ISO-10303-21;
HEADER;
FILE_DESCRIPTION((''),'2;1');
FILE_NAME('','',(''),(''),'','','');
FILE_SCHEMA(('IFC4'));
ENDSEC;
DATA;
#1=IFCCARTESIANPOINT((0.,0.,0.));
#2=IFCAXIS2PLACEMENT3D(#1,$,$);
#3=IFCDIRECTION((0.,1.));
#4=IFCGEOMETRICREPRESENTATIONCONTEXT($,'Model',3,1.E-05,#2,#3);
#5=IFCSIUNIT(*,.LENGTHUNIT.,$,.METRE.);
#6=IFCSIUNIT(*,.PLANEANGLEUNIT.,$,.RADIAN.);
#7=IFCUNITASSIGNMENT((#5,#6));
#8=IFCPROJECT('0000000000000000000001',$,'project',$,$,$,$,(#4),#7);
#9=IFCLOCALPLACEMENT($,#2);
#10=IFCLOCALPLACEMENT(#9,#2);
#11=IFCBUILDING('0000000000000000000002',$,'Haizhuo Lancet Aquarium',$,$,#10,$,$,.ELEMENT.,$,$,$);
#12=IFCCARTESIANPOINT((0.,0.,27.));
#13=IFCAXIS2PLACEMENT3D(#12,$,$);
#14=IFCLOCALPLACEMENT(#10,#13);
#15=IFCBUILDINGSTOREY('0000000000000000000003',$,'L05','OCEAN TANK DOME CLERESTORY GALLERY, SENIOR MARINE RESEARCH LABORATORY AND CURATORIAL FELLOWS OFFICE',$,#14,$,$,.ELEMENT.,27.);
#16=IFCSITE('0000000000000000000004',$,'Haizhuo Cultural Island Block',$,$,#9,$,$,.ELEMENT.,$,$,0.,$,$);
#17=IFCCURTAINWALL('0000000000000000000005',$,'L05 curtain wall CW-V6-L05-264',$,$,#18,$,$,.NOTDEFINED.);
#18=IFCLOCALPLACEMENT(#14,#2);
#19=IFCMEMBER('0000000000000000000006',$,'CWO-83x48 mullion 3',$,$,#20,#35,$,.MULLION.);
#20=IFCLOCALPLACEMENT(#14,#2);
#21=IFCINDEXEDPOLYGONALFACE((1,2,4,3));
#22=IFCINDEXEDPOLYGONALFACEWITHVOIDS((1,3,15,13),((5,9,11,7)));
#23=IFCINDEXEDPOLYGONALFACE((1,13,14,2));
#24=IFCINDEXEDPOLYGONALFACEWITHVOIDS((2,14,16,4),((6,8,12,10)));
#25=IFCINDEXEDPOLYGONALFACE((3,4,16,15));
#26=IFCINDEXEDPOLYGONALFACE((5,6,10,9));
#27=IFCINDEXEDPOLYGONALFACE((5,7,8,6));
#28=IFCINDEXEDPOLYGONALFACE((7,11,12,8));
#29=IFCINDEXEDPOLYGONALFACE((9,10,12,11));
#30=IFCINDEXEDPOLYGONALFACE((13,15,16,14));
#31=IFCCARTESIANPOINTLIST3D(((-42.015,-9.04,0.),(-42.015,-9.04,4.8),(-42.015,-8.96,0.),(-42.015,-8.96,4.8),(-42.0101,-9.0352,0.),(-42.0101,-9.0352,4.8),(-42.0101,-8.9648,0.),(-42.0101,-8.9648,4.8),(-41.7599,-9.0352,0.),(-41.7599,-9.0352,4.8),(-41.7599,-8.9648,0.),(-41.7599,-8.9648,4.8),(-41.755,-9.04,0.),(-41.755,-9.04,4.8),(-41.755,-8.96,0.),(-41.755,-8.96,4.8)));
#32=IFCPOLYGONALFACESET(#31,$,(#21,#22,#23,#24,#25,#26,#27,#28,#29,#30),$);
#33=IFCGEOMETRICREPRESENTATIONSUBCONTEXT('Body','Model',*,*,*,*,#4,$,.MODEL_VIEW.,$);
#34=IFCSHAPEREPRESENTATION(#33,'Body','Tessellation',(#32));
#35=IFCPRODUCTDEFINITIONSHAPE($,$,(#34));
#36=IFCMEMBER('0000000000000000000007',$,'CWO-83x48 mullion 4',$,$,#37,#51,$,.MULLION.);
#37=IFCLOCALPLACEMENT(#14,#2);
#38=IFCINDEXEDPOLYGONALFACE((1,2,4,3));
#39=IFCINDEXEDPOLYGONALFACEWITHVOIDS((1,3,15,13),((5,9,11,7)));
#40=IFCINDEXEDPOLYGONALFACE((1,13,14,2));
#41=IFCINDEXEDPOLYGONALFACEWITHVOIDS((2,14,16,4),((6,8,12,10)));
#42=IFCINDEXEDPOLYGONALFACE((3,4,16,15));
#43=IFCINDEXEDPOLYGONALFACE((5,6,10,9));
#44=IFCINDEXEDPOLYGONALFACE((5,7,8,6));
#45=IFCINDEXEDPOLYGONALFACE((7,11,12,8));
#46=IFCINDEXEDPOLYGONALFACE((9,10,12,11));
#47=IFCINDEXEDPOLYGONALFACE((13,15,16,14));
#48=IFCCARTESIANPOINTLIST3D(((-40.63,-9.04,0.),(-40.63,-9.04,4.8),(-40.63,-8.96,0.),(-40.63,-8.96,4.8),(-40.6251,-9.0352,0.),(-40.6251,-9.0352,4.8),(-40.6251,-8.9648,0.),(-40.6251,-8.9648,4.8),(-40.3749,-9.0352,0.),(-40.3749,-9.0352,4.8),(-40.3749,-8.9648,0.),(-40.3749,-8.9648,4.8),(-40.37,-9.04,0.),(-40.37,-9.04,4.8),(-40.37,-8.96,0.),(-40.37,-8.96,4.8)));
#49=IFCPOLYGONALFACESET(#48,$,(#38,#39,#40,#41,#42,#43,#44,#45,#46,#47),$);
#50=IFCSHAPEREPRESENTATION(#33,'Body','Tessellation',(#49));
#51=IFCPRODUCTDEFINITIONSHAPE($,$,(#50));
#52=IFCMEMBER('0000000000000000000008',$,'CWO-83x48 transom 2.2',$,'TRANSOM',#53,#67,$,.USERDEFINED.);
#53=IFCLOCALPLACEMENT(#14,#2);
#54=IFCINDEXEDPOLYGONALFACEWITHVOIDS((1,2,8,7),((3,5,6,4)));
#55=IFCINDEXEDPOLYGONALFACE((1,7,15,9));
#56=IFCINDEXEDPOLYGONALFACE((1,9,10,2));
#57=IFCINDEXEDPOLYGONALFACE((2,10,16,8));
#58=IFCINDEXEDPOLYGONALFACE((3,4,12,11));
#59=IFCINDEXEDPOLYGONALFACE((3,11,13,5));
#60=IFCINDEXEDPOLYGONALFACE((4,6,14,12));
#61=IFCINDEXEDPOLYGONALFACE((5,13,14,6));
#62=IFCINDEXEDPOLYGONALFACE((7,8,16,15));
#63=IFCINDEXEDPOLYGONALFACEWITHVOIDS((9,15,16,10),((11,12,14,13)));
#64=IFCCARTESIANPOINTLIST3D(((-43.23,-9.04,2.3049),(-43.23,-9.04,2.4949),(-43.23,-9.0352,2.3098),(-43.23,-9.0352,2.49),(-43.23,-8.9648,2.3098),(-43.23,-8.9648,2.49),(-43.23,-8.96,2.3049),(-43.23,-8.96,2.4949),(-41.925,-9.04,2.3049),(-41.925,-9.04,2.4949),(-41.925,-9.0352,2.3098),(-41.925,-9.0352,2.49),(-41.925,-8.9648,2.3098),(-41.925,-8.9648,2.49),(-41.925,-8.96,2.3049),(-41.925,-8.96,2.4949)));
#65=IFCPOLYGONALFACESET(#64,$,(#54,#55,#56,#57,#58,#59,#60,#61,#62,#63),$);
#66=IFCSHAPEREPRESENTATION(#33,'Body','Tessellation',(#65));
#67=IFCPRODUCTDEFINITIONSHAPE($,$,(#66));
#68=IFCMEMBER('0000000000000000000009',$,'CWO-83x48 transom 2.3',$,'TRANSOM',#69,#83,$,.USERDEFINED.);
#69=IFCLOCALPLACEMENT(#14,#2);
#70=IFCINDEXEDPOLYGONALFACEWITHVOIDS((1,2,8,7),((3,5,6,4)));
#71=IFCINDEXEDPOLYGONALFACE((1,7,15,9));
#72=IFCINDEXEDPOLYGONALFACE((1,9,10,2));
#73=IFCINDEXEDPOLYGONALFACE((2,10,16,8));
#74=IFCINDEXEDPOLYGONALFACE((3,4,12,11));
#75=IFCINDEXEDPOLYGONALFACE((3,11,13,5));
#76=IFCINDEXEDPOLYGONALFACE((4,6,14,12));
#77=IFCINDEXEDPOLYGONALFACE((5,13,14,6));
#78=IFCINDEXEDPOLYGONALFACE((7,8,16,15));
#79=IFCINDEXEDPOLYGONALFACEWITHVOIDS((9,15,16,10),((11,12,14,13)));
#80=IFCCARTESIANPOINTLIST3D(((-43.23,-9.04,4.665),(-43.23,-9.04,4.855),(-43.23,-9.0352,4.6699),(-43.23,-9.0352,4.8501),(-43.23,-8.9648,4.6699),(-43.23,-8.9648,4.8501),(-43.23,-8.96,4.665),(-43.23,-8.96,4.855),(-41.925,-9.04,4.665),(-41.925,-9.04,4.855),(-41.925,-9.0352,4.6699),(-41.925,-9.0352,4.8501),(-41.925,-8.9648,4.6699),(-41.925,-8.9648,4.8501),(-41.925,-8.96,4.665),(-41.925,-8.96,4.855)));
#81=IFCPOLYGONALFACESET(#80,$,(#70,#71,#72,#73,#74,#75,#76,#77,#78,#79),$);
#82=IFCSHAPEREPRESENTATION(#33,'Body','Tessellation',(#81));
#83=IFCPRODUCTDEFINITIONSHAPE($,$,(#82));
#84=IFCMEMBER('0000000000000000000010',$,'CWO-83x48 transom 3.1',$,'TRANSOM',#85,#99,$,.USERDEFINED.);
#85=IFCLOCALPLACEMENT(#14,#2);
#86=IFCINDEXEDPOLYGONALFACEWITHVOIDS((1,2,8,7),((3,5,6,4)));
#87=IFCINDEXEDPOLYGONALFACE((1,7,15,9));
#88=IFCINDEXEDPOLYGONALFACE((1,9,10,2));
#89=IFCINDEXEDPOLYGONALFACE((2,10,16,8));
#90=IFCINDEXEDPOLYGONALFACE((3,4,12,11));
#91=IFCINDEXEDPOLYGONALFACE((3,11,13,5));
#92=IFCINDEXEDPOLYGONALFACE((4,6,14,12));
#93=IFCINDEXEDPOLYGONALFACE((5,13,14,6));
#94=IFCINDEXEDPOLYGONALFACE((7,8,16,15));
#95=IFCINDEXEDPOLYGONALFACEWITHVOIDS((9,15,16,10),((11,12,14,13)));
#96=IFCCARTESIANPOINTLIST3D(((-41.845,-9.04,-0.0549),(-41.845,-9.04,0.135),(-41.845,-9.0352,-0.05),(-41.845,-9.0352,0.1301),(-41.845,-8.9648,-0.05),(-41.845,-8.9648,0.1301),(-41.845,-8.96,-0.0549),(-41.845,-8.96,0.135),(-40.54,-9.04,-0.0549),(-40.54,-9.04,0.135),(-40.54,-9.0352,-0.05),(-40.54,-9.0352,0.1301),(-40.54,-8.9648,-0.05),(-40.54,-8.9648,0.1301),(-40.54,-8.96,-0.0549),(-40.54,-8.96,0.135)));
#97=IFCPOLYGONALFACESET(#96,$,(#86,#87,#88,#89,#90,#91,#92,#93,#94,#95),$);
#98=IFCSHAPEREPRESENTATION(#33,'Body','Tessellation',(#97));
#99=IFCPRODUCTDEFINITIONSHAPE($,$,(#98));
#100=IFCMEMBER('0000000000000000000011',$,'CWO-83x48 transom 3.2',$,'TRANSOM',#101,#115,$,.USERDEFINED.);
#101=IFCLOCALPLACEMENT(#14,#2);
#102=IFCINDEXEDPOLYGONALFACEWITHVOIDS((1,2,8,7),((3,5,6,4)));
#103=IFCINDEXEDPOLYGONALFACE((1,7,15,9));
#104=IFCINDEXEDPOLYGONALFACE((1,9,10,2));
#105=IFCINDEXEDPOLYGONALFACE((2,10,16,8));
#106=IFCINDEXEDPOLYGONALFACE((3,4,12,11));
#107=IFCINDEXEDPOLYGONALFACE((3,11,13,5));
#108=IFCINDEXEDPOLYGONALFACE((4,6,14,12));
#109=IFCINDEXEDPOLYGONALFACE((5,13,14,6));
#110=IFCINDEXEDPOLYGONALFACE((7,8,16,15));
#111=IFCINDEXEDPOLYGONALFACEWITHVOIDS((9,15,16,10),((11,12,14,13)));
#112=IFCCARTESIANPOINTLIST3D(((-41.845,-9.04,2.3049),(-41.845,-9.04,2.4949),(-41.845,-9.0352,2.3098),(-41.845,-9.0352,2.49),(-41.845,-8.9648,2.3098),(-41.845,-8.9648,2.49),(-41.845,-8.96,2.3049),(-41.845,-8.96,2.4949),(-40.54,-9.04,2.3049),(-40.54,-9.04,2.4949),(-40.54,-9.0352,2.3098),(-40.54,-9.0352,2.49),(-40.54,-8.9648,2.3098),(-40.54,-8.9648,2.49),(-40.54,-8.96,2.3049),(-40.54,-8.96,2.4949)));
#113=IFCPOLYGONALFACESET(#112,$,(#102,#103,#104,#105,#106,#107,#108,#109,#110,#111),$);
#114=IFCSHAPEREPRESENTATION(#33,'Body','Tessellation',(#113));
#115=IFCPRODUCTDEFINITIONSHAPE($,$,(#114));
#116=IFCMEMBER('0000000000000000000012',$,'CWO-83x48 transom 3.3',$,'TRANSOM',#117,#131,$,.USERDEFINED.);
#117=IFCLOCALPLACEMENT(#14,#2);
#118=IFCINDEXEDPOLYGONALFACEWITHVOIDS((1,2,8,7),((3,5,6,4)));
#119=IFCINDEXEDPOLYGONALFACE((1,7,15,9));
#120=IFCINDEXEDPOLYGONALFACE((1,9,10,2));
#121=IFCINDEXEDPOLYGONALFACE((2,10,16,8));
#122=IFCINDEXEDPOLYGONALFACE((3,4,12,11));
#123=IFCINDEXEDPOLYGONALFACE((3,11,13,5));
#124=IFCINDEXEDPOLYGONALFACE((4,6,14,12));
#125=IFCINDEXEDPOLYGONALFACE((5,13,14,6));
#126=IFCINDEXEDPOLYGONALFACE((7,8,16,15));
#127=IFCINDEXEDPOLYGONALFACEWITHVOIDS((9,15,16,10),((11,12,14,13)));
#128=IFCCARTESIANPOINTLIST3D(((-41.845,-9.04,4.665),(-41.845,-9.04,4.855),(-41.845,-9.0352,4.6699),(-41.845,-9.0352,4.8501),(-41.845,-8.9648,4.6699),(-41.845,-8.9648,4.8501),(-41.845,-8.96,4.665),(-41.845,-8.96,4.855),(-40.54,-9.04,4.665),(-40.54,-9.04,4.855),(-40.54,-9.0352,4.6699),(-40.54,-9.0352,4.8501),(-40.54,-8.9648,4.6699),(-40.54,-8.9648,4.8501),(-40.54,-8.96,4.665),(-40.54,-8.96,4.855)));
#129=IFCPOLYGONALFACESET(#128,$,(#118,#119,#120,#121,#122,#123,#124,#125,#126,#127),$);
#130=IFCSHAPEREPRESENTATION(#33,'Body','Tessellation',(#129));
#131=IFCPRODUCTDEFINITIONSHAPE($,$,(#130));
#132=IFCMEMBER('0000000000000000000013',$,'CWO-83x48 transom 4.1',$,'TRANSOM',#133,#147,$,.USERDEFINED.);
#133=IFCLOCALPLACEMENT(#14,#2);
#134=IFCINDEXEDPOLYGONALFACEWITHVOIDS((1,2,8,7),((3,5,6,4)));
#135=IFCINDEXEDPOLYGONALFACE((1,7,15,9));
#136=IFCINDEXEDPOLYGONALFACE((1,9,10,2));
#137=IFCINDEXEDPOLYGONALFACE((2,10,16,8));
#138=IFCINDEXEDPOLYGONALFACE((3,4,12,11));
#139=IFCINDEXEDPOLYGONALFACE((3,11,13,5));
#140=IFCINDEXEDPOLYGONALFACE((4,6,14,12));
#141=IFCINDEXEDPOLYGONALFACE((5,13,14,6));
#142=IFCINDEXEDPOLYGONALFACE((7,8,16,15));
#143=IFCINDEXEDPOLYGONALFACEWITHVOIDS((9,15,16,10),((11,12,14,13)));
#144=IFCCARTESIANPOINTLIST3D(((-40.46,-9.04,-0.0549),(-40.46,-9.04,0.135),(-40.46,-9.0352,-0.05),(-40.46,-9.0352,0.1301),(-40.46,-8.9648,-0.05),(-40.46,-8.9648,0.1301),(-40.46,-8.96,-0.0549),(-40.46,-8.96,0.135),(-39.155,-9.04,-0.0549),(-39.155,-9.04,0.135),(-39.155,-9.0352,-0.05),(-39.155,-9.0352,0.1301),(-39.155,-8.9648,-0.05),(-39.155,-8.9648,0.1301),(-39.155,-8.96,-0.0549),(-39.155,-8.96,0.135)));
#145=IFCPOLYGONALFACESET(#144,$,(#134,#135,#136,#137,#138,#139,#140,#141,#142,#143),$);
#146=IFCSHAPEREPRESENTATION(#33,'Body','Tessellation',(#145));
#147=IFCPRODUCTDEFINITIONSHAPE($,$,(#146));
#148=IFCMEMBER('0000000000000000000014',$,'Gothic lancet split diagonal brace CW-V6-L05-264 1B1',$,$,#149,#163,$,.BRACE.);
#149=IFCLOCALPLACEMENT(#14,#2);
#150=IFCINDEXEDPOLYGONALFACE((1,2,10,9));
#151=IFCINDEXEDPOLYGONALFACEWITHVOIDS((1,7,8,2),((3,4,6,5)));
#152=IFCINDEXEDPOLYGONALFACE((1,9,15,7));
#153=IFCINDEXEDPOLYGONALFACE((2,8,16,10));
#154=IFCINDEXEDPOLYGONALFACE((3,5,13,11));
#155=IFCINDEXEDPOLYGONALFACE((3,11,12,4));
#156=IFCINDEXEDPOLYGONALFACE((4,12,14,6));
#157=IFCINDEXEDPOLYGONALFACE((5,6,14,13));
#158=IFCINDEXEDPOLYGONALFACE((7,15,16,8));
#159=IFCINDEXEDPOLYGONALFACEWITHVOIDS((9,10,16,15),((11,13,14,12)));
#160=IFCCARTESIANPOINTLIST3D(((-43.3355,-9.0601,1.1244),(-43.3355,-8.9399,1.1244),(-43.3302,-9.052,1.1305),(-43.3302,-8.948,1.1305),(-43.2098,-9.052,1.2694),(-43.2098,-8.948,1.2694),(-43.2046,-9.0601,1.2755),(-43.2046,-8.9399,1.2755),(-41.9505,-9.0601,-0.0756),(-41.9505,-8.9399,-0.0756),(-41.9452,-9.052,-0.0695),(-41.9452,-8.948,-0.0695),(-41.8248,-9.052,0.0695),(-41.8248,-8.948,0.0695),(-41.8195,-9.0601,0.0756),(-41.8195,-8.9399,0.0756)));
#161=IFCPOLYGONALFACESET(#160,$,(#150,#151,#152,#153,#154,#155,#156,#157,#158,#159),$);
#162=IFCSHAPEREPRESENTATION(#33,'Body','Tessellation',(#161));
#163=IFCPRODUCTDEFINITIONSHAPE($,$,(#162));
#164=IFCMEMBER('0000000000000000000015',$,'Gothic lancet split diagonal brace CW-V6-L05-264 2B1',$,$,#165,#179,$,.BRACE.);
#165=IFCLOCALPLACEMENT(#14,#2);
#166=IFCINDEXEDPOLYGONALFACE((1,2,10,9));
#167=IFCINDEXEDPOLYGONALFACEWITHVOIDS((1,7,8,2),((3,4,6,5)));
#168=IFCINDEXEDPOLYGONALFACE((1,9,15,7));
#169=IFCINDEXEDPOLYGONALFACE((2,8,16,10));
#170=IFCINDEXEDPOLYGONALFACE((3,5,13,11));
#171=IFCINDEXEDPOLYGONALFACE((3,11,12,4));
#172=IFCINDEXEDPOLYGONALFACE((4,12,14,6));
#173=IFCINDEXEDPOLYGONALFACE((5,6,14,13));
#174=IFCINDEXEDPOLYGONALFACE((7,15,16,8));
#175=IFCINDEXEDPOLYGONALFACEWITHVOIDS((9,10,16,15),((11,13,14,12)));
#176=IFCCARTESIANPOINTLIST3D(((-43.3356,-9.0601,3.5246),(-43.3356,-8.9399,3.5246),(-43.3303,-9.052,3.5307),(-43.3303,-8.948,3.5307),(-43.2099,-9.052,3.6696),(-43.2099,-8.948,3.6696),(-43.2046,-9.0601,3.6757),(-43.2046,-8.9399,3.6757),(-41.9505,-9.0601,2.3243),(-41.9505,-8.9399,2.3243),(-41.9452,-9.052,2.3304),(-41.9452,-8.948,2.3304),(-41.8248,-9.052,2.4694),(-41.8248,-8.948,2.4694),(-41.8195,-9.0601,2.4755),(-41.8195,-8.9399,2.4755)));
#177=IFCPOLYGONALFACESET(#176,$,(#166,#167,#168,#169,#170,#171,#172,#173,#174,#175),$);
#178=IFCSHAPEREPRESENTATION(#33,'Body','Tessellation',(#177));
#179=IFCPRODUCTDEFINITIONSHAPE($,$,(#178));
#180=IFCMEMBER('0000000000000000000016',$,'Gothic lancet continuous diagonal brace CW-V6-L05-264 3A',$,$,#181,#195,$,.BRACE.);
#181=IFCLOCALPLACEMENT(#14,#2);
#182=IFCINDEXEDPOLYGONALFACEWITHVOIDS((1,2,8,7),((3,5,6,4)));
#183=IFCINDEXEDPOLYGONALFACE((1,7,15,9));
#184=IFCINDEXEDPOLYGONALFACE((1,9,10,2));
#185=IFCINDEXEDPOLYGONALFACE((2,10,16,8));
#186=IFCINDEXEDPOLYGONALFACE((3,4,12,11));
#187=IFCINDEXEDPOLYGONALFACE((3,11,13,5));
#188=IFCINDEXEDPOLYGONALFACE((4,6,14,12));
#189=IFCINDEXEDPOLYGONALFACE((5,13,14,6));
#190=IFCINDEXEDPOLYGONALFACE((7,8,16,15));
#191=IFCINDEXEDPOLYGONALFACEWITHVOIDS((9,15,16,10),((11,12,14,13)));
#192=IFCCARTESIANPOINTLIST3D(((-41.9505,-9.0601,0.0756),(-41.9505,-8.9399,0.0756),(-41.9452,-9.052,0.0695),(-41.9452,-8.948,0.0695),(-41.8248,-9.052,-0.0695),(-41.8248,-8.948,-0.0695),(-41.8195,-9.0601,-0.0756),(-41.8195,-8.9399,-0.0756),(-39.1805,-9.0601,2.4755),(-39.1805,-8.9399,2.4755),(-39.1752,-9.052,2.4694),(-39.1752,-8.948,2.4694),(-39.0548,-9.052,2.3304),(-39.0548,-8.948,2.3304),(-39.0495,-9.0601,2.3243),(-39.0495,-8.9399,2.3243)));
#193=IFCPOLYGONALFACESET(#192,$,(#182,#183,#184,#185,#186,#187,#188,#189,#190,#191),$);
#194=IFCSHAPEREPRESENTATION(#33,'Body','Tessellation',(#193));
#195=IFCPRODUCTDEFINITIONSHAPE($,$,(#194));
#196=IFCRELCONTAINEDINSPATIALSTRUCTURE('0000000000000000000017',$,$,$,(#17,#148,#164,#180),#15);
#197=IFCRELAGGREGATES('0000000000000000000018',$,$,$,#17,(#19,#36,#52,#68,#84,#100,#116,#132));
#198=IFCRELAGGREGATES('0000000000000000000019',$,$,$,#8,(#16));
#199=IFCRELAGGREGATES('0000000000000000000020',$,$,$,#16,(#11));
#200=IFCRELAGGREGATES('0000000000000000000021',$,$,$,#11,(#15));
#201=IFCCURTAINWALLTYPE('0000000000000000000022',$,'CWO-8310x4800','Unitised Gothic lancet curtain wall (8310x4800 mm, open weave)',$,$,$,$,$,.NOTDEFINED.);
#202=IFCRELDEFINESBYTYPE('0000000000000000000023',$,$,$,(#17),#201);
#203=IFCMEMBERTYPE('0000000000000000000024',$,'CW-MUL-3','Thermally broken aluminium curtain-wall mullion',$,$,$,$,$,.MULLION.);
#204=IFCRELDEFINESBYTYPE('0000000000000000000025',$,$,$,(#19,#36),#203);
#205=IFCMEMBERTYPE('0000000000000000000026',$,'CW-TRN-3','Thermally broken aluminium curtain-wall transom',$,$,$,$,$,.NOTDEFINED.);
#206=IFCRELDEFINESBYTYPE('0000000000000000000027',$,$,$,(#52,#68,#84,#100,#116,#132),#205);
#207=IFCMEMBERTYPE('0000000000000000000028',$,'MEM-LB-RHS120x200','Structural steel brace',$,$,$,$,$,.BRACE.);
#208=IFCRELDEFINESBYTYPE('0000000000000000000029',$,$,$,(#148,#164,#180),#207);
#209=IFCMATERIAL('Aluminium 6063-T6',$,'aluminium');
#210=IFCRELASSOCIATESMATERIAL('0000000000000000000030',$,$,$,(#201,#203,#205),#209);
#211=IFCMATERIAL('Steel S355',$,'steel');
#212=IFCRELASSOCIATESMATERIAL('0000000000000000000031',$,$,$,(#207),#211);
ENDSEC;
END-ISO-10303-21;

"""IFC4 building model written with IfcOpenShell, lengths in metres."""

from ifc_helpers import new_model, si_unit, direction, frame, origin, origin_2d, place, context, subcontext, project, spatial, hollow_rectangle, extrude, material, material_profile, profile_set, type_object, element, aggregate, save


model = new_model("IFC4")

# Units and contexts
model_context = context("Model", 3, precision=1e-05, world=origin(), true_north=direction((0.0, 1.0)))
body_context = subcontext(model_context, "Body", "Model", "MODEL_VIEW")
ifc_project = project(units=[si_unit("LENGTHUNIT", "METRE"), si_unit("PLANEANGLEUNIT", "RADIAN")], contexts=[model_context])

# Site, building, storey
site_placement = place(None, origin())
site = spatial("IfcSite", under=ifc_project, at=site_placement, Name="Haizhuo Cultural Island Block", CompositionType="ELEMENT", RefElevation=0.0)
building_placement = place(site_placement, origin())
building = spatial("IfcBuilding", under=site, at=building_placement, Name="Haizhuo Lancet Aquarium", CompositionType="ELEMENT")
storey_placement = place(building_placement, frame((0.0, 0.0, 27.0)))
storey = spatial("IfcBuildingStorey", under=building, at=storey_placement, Name="L05", Description="OCEAN TANK DOME CLERESTORY GALLERY, SENIOR MARINE RESEARCH LABORATORY AND CURATORIAL FELLOWS OFFICE", CompositionType="ELEMENT", Elevation=27.0)

# Curtain wall, members
ifc_material_1 = material(Name="Aluminium 6063-T6", Category="aluminium")
curtain_wall_type = type_object("IfcCurtainWallType", Name="CWO-8310x4800", Description="Unitised Gothic lancet curtain wall (8310x4800 mm, open weave)", PredefinedType="NOTDEFINED", material=ifc_material_1)
curtain_wall_placement = place(storey_placement, origin())
curtain_wall = element("IfcCurtainWall", 1, at=curtain_wall_placement, inside=storey, type_object=curtain_wall_type, Name="L05 curtain wall CW-V6-L05-264", PredefinedType="NOTDEFINED")
ifc_material_profile_1 = material_profile(ifc_material_1, hollow_rectangle(XDim=0.0801, YDim=0.26, WallThickness=0.0049, at=origin_2d()), Name="ALU-M 80x260x5")
ifc_profile_set_1 = profile_set([ifc_material_profile_1], Name="Aluminium 6063-T6")
member_type_1 = type_object("IfcMemberType", Name="CW-MUL-3", Description="Thermally broken aluminium curtain-wall mullion", PredefinedType="MULLION", material=ifc_profile_set_1)
member_1_placement = place(storey_placement, frame((-41.885, -9.0, 0.0), z_axis=(0.0, 0.0, 1.0), x_axis=(0.0, 1.0, 0.0)))
member_1 = element("IfcMember", 2, at=member_1_placement, type_object=member_type_1, Name="CWO-83x48 mullion 3", PredefinedType="MULLION", context=body_context, shape_type="SweptSolid", body=[
    extrude(hollow_rectangle(XDim=0.0801, YDim=0.26, WallThickness=0.0049, at=origin_2d()), origin(), (0.0, 0.0, 1.0), 4.8),
])
member_2_placement = place(storey_placement, frame((-40.5, -9.0, 0.0), z_axis=(0.0, 0.0, 1.0), x_axis=(0.0, 1.0, 0.0)))
member_2 = element("IfcMember", 3, at=member_2_placement, type_object=member_type_1, Name="CWO-83x48 mullion 4", PredefinedType="MULLION", context=body_context, shape_type="SweptSolid", body=[
    extrude(hollow_rectangle(XDim=0.0801, YDim=0.26, WallThickness=0.0049, at=origin_2d()), origin(), (0.0, 0.0, 1.0), 4.8),
])
ifc_material_profile_2 = material_profile(ifc_material_1, hollow_rectangle(XDim=0.0801, YDim=0.1899, WallThickness=0.0049, at=origin_2d()), Name="ALU-T 80x190x5")
ifc_profile_set_2 = profile_set([ifc_material_profile_2], Name="Aluminium 6063-T6")
member_type_2 = type_object("IfcMemberType", Name="CW-TRN-3", Description="Thermally broken aluminium curtain-wall transom", PredefinedType="NOTDEFINED", material=ifc_profile_set_2)
member_3_placement = place(storey_placement, frame((-43.23, -9.0, 2.3999), z_axis=(1.0, 0.0, 0.0), x_axis=(0.0, 1.0, 0.0)))
member_3 = element("IfcMember", 4, at=member_3_placement, type_object=member_type_2, Name="CWO-83x48 transom 2.2", ObjectType="TRANSOM", PredefinedType="USERDEFINED", context=body_context, shape_type="SweptSolid", body=[
    extrude(hollow_rectangle(XDim=0.0801, YDim=0.1899, WallThickness=0.0049, at=origin_2d()), origin(), (0.0, 0.0, 1.0), 1.3049),
])
member_4_placement = place(storey_placement, frame((-43.23, -9.0, 4.76), z_axis=(1.0, 0.0, 0.0), x_axis=(0.0, 1.0, 0.0)))
member_4 = element("IfcMember", 5, at=member_4_placement, type_object=member_type_2, Name="CWO-83x48 transom 2.3", ObjectType="TRANSOM", PredefinedType="USERDEFINED", context=body_context, shape_type="SweptSolid", body=[
    extrude(hollow_rectangle(XDim=0.0801, YDim=0.1899, WallThickness=0.0049, at=origin_2d()), origin(), (0.0, 0.0, 1.0), 1.3049),
])
member_5_placement = place(storey_placement, frame((-41.845, -9.0, 0.04), z_axis=(1.0, 0.0, 0.0), x_axis=(0.0, 1.0, 0.0)))
member_5 = element("IfcMember", 6, at=member_5_placement, type_object=member_type_2, Name="CWO-83x48 transom 3.1", ObjectType="TRANSOM", PredefinedType="USERDEFINED", context=body_context, shape_type="SweptSolid", body=[
    extrude(hollow_rectangle(XDim=0.0801, YDim=0.1899, WallThickness=0.0049, at=origin_2d()), origin(), (0.0, 0.0, 1.0), 1.3049),
])
member_6_placement = place(storey_placement, frame((-41.845, -9.0, 2.3999), z_axis=(1.0, 0.0, 0.0), x_axis=(0.0, 1.0, 0.0)))
member_6 = element("IfcMember", 7, at=member_6_placement, type_object=member_type_2, Name="CWO-83x48 transom 3.2", ObjectType="TRANSOM", PredefinedType="USERDEFINED", context=body_context, shape_type="SweptSolid", body=[
    extrude(hollow_rectangle(XDim=0.0801, YDim=0.1899, WallThickness=0.0049, at=origin_2d()), origin(), (0.0, 0.0, 1.0), 1.3049),
])
member_7_placement = place(storey_placement, frame((-41.845, -9.0, 4.76), z_axis=(1.0, 0.0, 0.0), x_axis=(0.0, 1.0, 0.0)))
member_7 = element("IfcMember", 8, at=member_7_placement, type_object=member_type_2, Name="CWO-83x48 transom 3.3", ObjectType="TRANSOM", PredefinedType="USERDEFINED", context=body_context, shape_type="SweptSolid", body=[
    extrude(hollow_rectangle(XDim=0.0801, YDim=0.1899, WallThickness=0.0049, at=origin_2d()), origin(), (0.0, 0.0, 1.0), 1.3049),
])
member_8_placement = place(storey_placement, frame((-40.46, -9.0, 0.04), z_axis=(1.0, 0.0, 0.0), x_axis=(0.0, 1.0, 0.0)))
member_8 = element("IfcMember", 9, at=member_8_placement, type_object=member_type_2, Name="CWO-83x48 transom 4.1", ObjectType="TRANSOM", PredefinedType="USERDEFINED", context=body_context, shape_type="SweptSolid", body=[
    extrude(hollow_rectangle(XDim=0.0801, YDim=0.1899, WallThickness=0.0049, at=origin_2d()), origin(), (0.0, 0.0, 1.0), 1.3049),
])

# Members
ifc_material_2 = material(Name="Steel S355", Category="steel")
ifc_material_profile_3 = material_profile(ifc_material_2, hollow_rectangle(XDim=0.1201, YDim=0.2, WallThickness=0.0081, at=origin_2d()), Name="RHS 120x200x8")
ifc_profile_set_3 = profile_set([ifc_material_profile_3], Name="Steel S355")
member_type_3 = type_object("IfcMemberType", Name="MEM-LB-RHS120x200", Description="Structural steel brace", PredefinedType="BRACE", material=ifc_profile_set_3)
member_9_placement = place(storey_placement, frame((-41.885, -9.0, 0.0), z_axis=(-0.755795, 0.0, 0.654809), x_axis=(0.0, -1.0, 0.0)))
element("IfcMember", 10, at=member_9_placement, inside=storey, type_object=member_type_3, Name="Gothic lancet split diagonal brace CW-V6-L05-264 1B1", PredefinedType="BRACE", context=body_context, shape_type="SweptSolid", body=[
    extrude(hollow_rectangle(XDim=0.1201, YDim=0.2, WallThickness=0.0081, at=origin_2d()), origin(), (0.0, 0.0, 1.0), 1.8325),
])
member_10_placement = place(storey_placement, frame((-41.885, -9.0, 2.3999), z_axis=(-0.755729, 0.0, 0.654885), x_axis=(0.0, -1.0, 0.0)))
element("IfcMember", 11, at=member_10_placement, inside=storey, type_object=member_type_3, Name="Gothic lancet split diagonal brace CW-V6-L05-264 2B1", PredefinedType="BRACE", context=body_context, shape_type="SweptSolid", body=[
    extrude(hollow_rectangle(XDim=0.1201, YDim=0.2, WallThickness=0.0081, at=origin_2d()), origin(), (0.0, 0.0, 1.0), 1.8328),
])
member_11_placement = place(storey_placement, frame((-41.885, -9.0, 0.0), z_axis=(0.755795, 0.0, 0.654809), x_axis=(0.0, 1.0, 0.0)))
element("IfcMember", 12, at=member_11_placement, inside=storey, type_object=member_type_3, Name="Gothic lancet continuous diagonal brace CW-V6-L05-264 3A", PredefinedType="BRACE", context=body_context, shape_type="SweptSolid", body=[
    extrude(hollow_rectangle(XDim=0.1201, YDim=0.2, WallThickness=0.0081, at=origin_2d()), origin(), (0.0, 0.0, 1.0), 3.665),
])

aggregate(curtain_wall, [member_1, member_2, member_3, member_4, member_5, member_6, member_7, member_8])

save(model, "model.ifc")
